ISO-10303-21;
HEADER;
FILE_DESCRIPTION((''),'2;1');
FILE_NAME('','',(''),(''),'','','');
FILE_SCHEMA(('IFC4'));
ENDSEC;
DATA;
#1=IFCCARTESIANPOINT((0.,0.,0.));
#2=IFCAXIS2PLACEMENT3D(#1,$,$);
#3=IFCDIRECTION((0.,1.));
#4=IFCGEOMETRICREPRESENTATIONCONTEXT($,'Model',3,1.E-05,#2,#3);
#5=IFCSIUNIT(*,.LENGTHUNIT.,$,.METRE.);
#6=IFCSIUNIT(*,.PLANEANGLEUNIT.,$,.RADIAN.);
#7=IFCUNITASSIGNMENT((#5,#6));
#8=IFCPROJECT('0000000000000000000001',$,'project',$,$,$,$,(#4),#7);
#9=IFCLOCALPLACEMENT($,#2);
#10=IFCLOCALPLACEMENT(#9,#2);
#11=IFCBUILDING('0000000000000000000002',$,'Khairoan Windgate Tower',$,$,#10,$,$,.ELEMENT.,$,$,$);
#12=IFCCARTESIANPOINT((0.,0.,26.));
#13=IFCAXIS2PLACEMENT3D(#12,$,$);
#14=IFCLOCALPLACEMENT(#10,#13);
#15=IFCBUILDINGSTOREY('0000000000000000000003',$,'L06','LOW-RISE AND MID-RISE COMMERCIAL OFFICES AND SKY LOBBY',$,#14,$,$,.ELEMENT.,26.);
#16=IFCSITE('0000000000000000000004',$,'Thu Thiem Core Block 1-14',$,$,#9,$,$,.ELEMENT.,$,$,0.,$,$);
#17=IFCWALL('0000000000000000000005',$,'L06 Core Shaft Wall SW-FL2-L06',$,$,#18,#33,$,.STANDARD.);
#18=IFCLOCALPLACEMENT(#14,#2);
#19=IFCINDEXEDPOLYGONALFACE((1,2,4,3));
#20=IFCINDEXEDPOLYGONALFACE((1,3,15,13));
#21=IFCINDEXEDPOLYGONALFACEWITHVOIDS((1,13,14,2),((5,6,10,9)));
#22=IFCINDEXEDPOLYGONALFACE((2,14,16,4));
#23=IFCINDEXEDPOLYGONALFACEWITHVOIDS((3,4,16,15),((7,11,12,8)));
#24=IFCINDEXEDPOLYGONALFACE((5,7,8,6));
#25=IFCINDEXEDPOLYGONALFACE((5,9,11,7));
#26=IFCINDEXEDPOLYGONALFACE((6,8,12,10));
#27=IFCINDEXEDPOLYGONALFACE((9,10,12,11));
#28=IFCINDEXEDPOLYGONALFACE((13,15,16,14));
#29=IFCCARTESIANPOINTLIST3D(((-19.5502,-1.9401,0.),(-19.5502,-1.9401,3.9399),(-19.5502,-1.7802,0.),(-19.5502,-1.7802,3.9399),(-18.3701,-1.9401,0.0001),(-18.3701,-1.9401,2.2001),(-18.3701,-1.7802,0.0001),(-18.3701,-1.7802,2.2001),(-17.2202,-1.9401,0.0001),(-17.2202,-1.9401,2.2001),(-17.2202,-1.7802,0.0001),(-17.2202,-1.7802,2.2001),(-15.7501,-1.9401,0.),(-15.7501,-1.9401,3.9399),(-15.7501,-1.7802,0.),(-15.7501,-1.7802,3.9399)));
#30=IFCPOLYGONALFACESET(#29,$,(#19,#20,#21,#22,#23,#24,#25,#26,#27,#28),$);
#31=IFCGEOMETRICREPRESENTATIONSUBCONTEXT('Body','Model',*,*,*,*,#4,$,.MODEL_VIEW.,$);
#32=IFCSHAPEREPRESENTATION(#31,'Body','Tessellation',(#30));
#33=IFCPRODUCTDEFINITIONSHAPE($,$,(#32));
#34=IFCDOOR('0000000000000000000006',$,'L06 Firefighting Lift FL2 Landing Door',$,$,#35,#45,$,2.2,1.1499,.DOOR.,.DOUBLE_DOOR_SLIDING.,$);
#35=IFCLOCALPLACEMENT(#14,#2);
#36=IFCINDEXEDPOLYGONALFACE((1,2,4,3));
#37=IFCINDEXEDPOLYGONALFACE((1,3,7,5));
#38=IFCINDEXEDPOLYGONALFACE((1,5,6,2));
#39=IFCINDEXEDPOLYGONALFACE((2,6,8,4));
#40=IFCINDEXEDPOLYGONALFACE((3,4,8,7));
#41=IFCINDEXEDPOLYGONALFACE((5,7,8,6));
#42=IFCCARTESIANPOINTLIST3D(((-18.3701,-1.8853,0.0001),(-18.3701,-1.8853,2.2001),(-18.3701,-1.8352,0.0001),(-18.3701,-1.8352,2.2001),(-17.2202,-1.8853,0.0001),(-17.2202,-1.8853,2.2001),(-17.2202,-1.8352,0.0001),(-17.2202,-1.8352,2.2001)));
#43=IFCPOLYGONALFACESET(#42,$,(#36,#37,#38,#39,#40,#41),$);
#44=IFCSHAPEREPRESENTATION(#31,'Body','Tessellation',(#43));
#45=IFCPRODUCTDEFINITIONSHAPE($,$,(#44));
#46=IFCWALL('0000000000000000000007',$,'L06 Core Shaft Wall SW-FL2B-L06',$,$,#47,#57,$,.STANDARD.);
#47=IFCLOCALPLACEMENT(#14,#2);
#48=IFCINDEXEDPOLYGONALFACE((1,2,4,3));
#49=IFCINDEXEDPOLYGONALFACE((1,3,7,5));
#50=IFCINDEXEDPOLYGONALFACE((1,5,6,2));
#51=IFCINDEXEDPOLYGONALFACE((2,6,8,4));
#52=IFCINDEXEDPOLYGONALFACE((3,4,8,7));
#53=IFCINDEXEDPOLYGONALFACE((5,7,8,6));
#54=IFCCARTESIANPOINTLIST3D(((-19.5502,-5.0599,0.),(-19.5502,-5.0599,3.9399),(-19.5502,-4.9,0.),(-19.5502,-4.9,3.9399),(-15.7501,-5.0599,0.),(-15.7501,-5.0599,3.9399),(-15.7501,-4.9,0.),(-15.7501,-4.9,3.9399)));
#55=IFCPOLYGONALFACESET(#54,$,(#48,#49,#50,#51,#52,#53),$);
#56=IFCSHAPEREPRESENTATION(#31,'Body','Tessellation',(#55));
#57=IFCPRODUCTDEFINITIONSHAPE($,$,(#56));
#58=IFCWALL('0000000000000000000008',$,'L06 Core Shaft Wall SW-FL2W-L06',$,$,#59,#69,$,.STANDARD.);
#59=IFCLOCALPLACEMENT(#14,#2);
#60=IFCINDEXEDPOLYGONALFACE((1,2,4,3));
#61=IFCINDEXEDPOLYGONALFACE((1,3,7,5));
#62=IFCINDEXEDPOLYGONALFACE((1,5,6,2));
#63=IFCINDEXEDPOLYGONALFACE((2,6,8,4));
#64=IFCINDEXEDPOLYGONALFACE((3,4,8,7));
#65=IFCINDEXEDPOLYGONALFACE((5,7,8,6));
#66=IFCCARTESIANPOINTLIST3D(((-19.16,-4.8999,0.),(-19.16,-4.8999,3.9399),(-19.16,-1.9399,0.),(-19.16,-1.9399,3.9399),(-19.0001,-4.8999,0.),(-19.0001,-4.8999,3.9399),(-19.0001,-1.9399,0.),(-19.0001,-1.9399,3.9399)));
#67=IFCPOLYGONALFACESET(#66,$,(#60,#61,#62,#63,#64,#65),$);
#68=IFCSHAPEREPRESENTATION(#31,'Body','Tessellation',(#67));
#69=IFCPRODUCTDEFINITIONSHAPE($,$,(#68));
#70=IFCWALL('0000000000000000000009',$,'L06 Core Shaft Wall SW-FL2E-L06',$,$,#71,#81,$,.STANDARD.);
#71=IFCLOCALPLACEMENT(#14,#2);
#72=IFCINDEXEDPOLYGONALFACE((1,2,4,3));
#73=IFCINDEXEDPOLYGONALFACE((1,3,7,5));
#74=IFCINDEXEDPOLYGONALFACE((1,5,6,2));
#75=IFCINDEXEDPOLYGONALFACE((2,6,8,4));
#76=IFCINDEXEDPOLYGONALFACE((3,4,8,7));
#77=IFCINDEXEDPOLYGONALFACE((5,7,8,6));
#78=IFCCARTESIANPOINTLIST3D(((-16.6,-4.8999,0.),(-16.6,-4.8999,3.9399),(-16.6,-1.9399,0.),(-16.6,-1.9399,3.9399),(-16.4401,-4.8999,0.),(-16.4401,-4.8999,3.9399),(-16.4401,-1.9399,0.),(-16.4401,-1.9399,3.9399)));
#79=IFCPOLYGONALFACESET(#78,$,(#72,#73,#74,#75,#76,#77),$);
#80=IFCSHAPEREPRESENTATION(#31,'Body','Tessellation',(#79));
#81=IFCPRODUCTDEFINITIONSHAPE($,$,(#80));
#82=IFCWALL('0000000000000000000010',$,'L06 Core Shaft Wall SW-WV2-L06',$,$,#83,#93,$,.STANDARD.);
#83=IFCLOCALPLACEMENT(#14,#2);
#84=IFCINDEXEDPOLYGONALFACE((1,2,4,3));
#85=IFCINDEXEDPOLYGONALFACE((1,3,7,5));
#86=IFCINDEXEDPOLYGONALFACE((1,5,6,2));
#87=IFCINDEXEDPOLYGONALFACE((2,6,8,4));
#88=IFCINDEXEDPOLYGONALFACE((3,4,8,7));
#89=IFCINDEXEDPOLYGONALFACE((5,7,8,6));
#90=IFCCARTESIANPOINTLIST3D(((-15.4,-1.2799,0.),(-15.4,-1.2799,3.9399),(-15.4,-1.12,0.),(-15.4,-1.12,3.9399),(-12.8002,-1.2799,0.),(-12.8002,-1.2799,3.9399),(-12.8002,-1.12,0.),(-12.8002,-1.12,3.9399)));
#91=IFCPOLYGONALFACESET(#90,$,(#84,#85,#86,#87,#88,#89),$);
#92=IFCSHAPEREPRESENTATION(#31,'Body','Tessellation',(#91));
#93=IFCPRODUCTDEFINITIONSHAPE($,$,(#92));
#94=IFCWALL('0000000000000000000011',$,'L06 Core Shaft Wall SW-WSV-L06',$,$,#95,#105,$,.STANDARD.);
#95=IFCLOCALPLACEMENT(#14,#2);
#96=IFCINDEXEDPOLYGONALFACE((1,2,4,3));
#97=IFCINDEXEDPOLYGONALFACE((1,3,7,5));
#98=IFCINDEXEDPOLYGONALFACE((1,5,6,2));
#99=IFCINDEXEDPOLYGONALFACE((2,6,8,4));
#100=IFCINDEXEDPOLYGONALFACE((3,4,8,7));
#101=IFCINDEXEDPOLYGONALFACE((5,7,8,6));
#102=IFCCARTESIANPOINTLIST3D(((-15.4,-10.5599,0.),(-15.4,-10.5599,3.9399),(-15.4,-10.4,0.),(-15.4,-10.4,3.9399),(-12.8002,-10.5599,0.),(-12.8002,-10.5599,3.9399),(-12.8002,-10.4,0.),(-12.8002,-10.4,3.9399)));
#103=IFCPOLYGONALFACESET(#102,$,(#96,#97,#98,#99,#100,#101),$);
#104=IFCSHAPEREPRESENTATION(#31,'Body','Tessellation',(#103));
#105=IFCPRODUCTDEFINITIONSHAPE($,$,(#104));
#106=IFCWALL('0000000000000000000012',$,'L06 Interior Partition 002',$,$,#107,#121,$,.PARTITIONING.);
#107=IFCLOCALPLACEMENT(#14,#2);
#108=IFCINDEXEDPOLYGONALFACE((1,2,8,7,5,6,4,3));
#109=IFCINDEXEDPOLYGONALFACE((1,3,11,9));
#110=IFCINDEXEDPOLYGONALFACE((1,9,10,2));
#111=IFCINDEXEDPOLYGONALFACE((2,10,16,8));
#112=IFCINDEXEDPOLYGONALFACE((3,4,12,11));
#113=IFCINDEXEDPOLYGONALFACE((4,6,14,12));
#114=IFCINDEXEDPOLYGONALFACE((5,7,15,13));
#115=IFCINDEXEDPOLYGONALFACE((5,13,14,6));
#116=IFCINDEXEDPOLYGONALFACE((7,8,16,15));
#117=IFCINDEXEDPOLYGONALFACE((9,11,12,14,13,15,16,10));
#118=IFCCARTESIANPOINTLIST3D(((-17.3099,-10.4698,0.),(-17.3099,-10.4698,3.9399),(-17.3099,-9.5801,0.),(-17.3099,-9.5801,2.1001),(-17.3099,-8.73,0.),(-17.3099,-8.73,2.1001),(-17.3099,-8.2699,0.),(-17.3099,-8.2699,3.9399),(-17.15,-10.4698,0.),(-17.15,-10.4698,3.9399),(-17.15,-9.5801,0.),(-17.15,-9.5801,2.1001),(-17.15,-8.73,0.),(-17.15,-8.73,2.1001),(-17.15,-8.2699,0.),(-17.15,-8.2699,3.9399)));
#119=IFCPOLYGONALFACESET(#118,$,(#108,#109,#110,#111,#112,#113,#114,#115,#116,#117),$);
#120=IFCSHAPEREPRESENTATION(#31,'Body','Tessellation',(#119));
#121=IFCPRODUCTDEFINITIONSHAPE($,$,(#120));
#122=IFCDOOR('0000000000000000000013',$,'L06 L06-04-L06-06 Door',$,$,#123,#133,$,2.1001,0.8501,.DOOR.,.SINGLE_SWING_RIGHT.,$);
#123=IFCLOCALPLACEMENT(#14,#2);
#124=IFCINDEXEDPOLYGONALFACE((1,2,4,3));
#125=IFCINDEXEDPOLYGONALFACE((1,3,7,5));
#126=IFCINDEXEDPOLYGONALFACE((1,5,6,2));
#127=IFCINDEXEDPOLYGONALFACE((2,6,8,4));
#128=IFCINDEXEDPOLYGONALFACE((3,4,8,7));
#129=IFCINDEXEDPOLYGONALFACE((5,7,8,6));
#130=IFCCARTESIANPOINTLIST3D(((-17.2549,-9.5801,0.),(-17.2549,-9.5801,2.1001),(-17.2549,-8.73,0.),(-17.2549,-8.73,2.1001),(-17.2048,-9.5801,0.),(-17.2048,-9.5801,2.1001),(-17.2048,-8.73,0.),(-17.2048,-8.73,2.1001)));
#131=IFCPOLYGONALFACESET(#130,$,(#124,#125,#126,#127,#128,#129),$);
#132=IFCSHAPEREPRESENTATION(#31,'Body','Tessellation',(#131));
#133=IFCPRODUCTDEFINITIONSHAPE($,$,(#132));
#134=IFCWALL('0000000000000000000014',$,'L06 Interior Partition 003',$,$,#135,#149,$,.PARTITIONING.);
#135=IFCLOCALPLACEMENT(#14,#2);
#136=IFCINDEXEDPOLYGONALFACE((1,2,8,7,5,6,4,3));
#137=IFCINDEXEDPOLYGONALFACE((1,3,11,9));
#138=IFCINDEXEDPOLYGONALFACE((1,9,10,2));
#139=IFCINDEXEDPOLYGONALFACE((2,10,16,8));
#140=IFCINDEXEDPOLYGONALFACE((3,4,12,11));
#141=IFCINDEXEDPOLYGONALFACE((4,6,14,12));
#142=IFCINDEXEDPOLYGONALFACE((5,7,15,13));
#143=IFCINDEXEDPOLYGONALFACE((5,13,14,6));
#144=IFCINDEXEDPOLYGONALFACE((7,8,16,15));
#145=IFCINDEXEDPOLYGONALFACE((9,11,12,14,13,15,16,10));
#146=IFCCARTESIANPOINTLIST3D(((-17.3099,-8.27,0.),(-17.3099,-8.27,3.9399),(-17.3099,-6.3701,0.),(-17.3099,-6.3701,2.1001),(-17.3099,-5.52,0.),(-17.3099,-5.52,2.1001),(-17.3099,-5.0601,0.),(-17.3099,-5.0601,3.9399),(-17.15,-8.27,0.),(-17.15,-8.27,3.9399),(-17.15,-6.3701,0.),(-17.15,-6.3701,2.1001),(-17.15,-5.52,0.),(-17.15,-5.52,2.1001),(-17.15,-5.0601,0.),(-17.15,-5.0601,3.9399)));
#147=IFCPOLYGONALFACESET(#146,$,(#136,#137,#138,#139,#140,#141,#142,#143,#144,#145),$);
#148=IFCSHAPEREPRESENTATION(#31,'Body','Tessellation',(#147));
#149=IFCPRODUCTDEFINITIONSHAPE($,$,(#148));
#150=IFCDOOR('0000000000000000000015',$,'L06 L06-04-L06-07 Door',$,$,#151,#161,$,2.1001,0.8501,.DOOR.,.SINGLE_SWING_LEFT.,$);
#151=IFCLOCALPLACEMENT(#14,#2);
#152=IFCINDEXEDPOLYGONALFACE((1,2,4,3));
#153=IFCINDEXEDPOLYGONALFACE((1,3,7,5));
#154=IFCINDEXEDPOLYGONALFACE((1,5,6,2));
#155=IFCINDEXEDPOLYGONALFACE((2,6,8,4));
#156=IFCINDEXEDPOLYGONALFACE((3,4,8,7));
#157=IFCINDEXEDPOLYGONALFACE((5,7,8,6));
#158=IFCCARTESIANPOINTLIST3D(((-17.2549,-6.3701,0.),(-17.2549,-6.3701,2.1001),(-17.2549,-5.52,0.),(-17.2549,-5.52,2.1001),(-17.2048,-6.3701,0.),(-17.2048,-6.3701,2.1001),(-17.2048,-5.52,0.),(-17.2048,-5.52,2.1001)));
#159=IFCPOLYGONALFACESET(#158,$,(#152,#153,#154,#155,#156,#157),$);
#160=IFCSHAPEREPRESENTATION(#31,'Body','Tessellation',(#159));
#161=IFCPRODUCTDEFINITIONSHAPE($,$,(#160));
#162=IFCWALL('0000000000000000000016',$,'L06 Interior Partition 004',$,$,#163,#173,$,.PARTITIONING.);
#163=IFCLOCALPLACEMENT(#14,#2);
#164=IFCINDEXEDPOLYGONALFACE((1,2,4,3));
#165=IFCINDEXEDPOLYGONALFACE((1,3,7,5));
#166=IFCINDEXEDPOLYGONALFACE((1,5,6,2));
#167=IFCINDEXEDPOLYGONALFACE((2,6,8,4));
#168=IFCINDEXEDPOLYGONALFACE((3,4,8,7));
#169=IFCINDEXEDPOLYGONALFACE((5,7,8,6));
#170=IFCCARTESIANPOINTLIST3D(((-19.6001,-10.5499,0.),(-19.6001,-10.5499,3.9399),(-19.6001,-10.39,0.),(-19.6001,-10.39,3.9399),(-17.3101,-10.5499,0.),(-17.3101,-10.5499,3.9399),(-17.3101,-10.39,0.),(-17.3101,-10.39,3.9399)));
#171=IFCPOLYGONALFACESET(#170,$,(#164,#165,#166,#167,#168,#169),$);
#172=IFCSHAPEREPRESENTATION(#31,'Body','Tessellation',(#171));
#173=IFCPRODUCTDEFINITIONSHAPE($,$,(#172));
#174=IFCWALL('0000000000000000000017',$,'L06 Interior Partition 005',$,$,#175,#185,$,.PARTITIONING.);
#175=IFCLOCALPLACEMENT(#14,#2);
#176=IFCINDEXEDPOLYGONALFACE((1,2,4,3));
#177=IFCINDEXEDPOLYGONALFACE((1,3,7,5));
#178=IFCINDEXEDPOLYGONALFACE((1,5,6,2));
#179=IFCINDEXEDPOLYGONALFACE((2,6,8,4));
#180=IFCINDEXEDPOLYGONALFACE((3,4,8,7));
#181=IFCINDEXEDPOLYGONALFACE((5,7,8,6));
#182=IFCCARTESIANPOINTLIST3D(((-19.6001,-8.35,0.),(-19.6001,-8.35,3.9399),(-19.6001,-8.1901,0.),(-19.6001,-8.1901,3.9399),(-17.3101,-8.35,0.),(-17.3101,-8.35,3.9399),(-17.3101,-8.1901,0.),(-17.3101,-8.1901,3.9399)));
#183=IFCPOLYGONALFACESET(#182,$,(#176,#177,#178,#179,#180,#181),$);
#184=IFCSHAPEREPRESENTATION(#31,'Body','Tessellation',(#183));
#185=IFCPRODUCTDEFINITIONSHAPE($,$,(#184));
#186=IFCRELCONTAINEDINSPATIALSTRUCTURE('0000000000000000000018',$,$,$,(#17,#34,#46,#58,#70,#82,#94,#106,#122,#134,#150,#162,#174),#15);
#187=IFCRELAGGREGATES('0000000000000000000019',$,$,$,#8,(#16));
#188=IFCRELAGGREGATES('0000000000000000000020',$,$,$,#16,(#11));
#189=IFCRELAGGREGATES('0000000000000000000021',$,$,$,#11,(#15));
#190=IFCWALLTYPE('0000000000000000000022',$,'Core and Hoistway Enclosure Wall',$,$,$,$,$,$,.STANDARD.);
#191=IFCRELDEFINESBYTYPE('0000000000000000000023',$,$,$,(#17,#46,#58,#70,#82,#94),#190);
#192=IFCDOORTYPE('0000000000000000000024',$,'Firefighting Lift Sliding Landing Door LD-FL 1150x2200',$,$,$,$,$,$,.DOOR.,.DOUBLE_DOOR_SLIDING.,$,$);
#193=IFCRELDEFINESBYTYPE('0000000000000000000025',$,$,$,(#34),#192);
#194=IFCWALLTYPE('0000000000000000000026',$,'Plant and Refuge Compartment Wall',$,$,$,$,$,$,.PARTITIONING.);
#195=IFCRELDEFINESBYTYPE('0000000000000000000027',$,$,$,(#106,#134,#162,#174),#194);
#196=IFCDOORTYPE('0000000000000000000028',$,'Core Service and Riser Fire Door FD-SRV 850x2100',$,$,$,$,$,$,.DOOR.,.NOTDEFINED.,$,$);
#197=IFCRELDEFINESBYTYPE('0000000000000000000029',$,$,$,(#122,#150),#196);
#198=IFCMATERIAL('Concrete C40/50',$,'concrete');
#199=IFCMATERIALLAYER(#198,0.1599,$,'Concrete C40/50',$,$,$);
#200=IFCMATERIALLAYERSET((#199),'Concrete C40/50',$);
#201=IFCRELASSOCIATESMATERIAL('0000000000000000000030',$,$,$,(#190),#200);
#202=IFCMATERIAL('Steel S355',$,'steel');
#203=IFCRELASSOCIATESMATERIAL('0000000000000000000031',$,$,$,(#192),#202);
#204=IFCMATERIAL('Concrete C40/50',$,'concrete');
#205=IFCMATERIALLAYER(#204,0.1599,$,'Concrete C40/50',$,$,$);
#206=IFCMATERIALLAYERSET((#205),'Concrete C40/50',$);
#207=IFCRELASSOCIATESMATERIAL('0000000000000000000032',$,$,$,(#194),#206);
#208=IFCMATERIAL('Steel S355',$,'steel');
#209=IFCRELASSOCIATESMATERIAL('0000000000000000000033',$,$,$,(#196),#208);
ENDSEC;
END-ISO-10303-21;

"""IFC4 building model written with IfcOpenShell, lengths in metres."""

from ifc_helpers import new_model, si_unit, direction, frame, frame_2d, origin, place, context, subcontext, project, spatial, rectangle, extrude, material, layer, layer_set, type_object, element, fill, save


model = new_model("IFC4")

# Units and contexts
model_context = context("Model", 3, precision=1e-05, world=origin(), true_north=direction((0.0, 1.0)))
body_context = subcontext(model_context, "Body", "Model", "MODEL_VIEW")
ifc_project = project(units=[si_unit("LENGTHUNIT", "METRE"), si_unit("PLANEANGLEUNIT", "RADIAN")], contexts=[model_context])

# Site, building, storey
site_placement = place(None, origin())
site = spatial("IfcSite", under=ifc_project, at=site_placement, Name="Thu Thiem Core Block 1-14", CompositionType="ELEMENT", RefElevation=0.0)
building_placement = place(site_placement, origin())
building = spatial("IfcBuilding", under=site, at=building_placement, Name="Khairoan Windgate Tower", CompositionType="ELEMENT")
storey_placement = place(building_placement, frame((0.0, 0.0, 26.0)))
storey = spatial("IfcBuildingStorey", under=building, at=storey_placement, Name="L06", Description="LOW-RISE AND MID-RISE COMMERCIAL OFFICES AND SKY LOBBY", CompositionType="ELEMENT", Elevation=26.0)

# Shared definitions
ifc_material_1 = material(Name="Concrete C40/50", Category="concrete")
ifc_layer_1 = layer(ifc_material_1, 0.1599, Name="Concrete C40/50")
ifc_layer_set_1 = layer_set([ifc_layer_1], Name="Concrete C40/50")
wall_type_1 = type_object("IfcWallType", Name="Core and Hoistway Enclosure Wall", PredefinedType="STANDARD", material=ifc_layer_set_1)

# Wall, opening, door
wall_1_placement = place(storey_placement, frame((-19.55, -1.8601, 0.0), z_axis=(0.0, 0.0, 1.0), x_axis=(1.0, 0.0, 0.0)))
wall_1 = element("IfcWall", 1, at=wall_1_placement, inside=storey, type_object=wall_type_1, Name="L06 Core Shaft Wall SW-FL2-L06", PredefinedType="STANDARD", context=body_context, shape_type="SweptSolid", body=[
    extrude(rectangle(XDim=3.8, YDim=0.1599, at=frame_2d((1.8999, 0.0))), origin(), (0.0, 0.0, 1.0), 3.9399),
])
opening_1_placement = place(wall_1_placement, frame((1.1799, 0.0, 0.0)))
opening_1 = element("IfcOpeningElement", 2, at=opening_1_placement, cuts=wall_1, PredefinedType="OPENING", context=body_context, shape_type="SweptSolid", body=[
    extrude(rectangle(XDim=1.1499, YDim=2.2, at=frame_2d((0.575, 1.1001))), frame((0.0, 0.0898, 0.0), z_axis=(0.0, -1.0, 0.0), x_axis=(1.0, 0.0, 0.0)), (0.0, 0.0, 1.0), 0.1799),
])
ifc_material_2 = material(Name="Steel S355", Category="steel")
door_type_1 = type_object("IfcDoorType", Name="Firefighting Lift Sliding Landing Door LD-FL 1150x2200", OperationType="DOUBLE_DOOR_SLIDING", PredefinedType="DOOR", material=ifc_material_2)
door_1_placement = place(opening_1_placement, origin())
door_1 = element("IfcDoor", 3, at=door_1_placement, inside=storey, type_object=door_type_1, Name="L06 Firefighting Lift FL2 Landing Door", OperationType="DOUBLE_DOOR_SLIDING", OverallHeight=2.2, OverallWidth=1.1499, PredefinedType="DOOR", context=body_context, shape_type="SweptSolid", body=[
    extrude(rectangle(XDim=1.1499, YDim=2.2, at=frame_2d((0.575, 1.1001))), frame((0.0, 0.0249, 0.0), z_axis=(0.0, -1.0, 0.0), x_axis=(1.0, 0.0, 0.0)), (0.0, 0.0, 1.0), 0.05),
])
fill(opening_1, door_1)

# Walls
wall_2_placement = place(storey_placement, frame((-19.55, -4.98, 0.0), z_axis=(0.0, 0.0, 1.0), x_axis=(1.0, 0.0, 0.0)))
element("IfcWall", 4, at=wall_2_placement, inside=storey, type_object=wall_type_1, Name="L06 Core Shaft Wall SW-FL2B-L06", PredefinedType="STANDARD", context=body_context, shape_type="SweptSolid", body=[
    extrude(rectangle(XDim=3.8, YDim=0.1599, at=frame_2d((1.8999, 0.0))), origin(), (0.0, 0.0, 1.0), 3.9399),
])
for number, where, z_axis, x_axis, name in (
    (5, (-19.0801, -4.8999, 0.0), (0.0, 0.0, 1.0), (0.0, 1.0, 0.0), "L06 Core Shaft Wall SW-FL2W-L06"),
    (6, (-16.52, -4.8999, 0.0), (0.0, 0.0, 1.0), (0.0, 1.0, 0.0), "L06 Core Shaft Wall SW-FL2E-L06"),
):
    element("IfcWall", number, at=place(storey_placement, frame(where, z_axis=z_axis, x_axis=x_axis)), inside=storey, type_object=wall_type_1, Name=name, PredefinedType="STANDARD", context=body_context, shape_type="SweptSolid", body=[
        extrude(rectangle(XDim=2.96, YDim=0.1599, at=frame_2d((1.48, 0.0))), origin(), (0.0, 0.0, 1.0), 3.9399),
    ])
for number, where, z_axis, x_axis, name in (
    (7, (-15.3999, -1.2, 0.0), (0.0, 0.0, 1.0), (1.0, 0.0, 0.0), "L06 Core Shaft Wall SW-WV2-L06"),
    (8, (-15.3999, -10.48, 0.0), (0.0, 0.0, 1.0), (1.0, 0.0, 0.0), "L06 Core Shaft Wall SW-WSV-L06"),
):
    element("IfcWall", number, at=place(storey_placement, frame(where, z_axis=z_axis, x_axis=x_axis)), inside=storey, type_object=wall_type_1, Name=name, PredefinedType="STANDARD", context=body_context, shape_type="SweptSolid", body=[
        extrude(rectangle(XDim=2.5999, YDim=0.1599, at=frame_2d((1.2998, 0.0))), origin(), (0.0, 0.0, 1.0), 3.9399),
    ])

# Walls, openings, doors
ifc_material_3 = material(Name="Concrete C40/50", Category="concrete")
ifc_layer_2 = layer(ifc_material_3, 0.1599, Name="Concrete C40/50")
ifc_layer_set_2 = layer_set([ifc_layer_2], Name="Concrete C40/50")
wall_type_2 = type_object("IfcWallType", Name="Plant and Refuge Compartment Wall", PredefinedType="PARTITIONING", material=ifc_layer_set_2)
wall_3_placement = place(storey_placement, frame((-17.23, -10.47, 0.0), z_axis=(0.0, 0.0, 1.0), x_axis=(0.0, 1.0, 0.0)))
wall_3 = element("IfcWall", 9, at=wall_3_placement, inside=storey, type_object=wall_type_2, Name="L06 Interior Partition 002", PredefinedType="PARTITIONING", context=body_context, shape_type="SweptSolid", body=[
    extrude(rectangle(XDim=2.2, YDim=0.1599, at=frame_2d((1.1001, 0.0))), origin(), (0.0, 0.0, 1.0), 3.9399),
])
opening_2_placement = place(wall_3_placement, frame((0.8899, 0.0, 0.0)))
opening_2 = element("IfcOpeningElement", 10, at=opening_2_placement, cuts=wall_3, PredefinedType="OPENING", context=body_context, shape_type="SweptSolid", body=[
    extrude(rectangle(XDim=0.8501, YDim=2.1001, at=frame_2d((0.425, 1.05))), frame((0.0, 0.0898, 0.0), z_axis=(0.0, -1.0, 0.0), x_axis=(1.0, 0.0, 0.0)), (0.0, 0.0, 1.0), 0.1799),
])
ifc_material_4 = material(Name="Steel S355", Category="steel")
door_type_2 = type_object("IfcDoorType", Name="Core Service and Riser Fire Door FD-SRV 850x2100", OperationType="NOTDEFINED", PredefinedType="DOOR", material=ifc_material_4)
door_2_placement = place(opening_2_placement, origin())
door_2 = element("IfcDoor", 11, at=door_2_placement, inside=storey, type_object=door_type_2, Name="L06 L06-04-L06-06 Door", OperationType="SINGLE_SWING_RIGHT", OverallHeight=2.1001, OverallWidth=0.8501, PredefinedType="DOOR", context=body_context, shape_type="SweptSolid", body=[
    extrude(rectangle(XDim=0.8501, YDim=2.1001, at=frame_2d((0.425, 1.05))), frame((0.0, 0.0249, 0.0), z_axis=(0.0, -1.0, 0.0), x_axis=(1.0, 0.0, 0.0)), (0.0, 0.0, 1.0), 0.05),
])
fill(opening_2, door_2)
wall_4_placement = place(storey_placement, frame((-17.23, -8.27, 0.0), z_axis=(0.0, 0.0, 1.0), x_axis=(0.0, 1.0, 0.0)))
wall_4 = element("IfcWall", 12, at=wall_4_placement, inside=storey, type_object=wall_type_2, Name="L06 Interior Partition 003", PredefinedType="PARTITIONING", context=body_context, shape_type="SweptSolid", body=[
    extrude(rectangle(XDim=3.21, YDim=0.1599, at=frame_2d((1.605, 0.0))), origin(), (0.0, 0.0, 1.0), 3.9399),
])
opening_3_placement = place(wall_4_placement, frame((1.8999, 0.0, 0.0)))
opening_3 = element("IfcOpeningElement", 13, at=opening_3_placement, cuts=wall_4, PredefinedType="OPENING", context=body_context, shape_type="SweptSolid", body=[
    extrude(rectangle(XDim=0.8501, YDim=2.1001, at=frame_2d((0.425, 1.05))), frame((0.0, 0.0898, 0.0), z_axis=(0.0, -1.0, 0.0), x_axis=(1.0, 0.0, 0.0)), (0.0, 0.0, 1.0), 0.1799),
])
door_3_placement = place(opening_3_placement, origin())
door_3 = element("IfcDoor", 14, at=door_3_placement, inside=storey, type_object=door_type_2, Name="L06 L06-04-L06-07 Door", OperationType="SINGLE_SWING_LEFT", OverallHeight=2.1001, OverallWidth=0.8501, PredefinedType="DOOR", context=body_context, shape_type="SweptSolid", body=[
    extrude(rectangle(XDim=0.8501, YDim=2.1001, at=frame_2d((0.425, 1.05))), frame((0.0, 0.0249, 0.0), z_axis=(0.0, -1.0, 0.0), x_axis=(1.0, 0.0, 0.0)), (0.0, 0.0, 1.0), 0.05),
])
fill(opening_3, door_3)

# Walls
for number, where, z_axis, x_axis, name in (
    (15, (-19.6001, -10.47, 0.0), (0.0, 0.0, 1.0), (1.0, 0.0, 0.0), "L06 Interior Partition 004"),
    (16, (-19.6001, -8.27, 0.0), (0.0, 0.0, 1.0), (1.0, 0.0, 0.0), "L06 Interior Partition 005"),
):
    element("IfcWall", number, at=place(storey_placement, frame(where, z_axis=z_axis, x_axis=x_axis)), inside=storey, type_object=wall_type_2, Name=name, PredefinedType="PARTITIONING", context=body_context, shape_type="SweptSolid", body=[
        extrude(rectangle(XDim=2.29, YDim=0.1599, at=frame_2d((1.145, 0.0))), origin(), (0.0, 0.0, 1.0), 3.9399),
    ])

save(model, "model.ifc")
